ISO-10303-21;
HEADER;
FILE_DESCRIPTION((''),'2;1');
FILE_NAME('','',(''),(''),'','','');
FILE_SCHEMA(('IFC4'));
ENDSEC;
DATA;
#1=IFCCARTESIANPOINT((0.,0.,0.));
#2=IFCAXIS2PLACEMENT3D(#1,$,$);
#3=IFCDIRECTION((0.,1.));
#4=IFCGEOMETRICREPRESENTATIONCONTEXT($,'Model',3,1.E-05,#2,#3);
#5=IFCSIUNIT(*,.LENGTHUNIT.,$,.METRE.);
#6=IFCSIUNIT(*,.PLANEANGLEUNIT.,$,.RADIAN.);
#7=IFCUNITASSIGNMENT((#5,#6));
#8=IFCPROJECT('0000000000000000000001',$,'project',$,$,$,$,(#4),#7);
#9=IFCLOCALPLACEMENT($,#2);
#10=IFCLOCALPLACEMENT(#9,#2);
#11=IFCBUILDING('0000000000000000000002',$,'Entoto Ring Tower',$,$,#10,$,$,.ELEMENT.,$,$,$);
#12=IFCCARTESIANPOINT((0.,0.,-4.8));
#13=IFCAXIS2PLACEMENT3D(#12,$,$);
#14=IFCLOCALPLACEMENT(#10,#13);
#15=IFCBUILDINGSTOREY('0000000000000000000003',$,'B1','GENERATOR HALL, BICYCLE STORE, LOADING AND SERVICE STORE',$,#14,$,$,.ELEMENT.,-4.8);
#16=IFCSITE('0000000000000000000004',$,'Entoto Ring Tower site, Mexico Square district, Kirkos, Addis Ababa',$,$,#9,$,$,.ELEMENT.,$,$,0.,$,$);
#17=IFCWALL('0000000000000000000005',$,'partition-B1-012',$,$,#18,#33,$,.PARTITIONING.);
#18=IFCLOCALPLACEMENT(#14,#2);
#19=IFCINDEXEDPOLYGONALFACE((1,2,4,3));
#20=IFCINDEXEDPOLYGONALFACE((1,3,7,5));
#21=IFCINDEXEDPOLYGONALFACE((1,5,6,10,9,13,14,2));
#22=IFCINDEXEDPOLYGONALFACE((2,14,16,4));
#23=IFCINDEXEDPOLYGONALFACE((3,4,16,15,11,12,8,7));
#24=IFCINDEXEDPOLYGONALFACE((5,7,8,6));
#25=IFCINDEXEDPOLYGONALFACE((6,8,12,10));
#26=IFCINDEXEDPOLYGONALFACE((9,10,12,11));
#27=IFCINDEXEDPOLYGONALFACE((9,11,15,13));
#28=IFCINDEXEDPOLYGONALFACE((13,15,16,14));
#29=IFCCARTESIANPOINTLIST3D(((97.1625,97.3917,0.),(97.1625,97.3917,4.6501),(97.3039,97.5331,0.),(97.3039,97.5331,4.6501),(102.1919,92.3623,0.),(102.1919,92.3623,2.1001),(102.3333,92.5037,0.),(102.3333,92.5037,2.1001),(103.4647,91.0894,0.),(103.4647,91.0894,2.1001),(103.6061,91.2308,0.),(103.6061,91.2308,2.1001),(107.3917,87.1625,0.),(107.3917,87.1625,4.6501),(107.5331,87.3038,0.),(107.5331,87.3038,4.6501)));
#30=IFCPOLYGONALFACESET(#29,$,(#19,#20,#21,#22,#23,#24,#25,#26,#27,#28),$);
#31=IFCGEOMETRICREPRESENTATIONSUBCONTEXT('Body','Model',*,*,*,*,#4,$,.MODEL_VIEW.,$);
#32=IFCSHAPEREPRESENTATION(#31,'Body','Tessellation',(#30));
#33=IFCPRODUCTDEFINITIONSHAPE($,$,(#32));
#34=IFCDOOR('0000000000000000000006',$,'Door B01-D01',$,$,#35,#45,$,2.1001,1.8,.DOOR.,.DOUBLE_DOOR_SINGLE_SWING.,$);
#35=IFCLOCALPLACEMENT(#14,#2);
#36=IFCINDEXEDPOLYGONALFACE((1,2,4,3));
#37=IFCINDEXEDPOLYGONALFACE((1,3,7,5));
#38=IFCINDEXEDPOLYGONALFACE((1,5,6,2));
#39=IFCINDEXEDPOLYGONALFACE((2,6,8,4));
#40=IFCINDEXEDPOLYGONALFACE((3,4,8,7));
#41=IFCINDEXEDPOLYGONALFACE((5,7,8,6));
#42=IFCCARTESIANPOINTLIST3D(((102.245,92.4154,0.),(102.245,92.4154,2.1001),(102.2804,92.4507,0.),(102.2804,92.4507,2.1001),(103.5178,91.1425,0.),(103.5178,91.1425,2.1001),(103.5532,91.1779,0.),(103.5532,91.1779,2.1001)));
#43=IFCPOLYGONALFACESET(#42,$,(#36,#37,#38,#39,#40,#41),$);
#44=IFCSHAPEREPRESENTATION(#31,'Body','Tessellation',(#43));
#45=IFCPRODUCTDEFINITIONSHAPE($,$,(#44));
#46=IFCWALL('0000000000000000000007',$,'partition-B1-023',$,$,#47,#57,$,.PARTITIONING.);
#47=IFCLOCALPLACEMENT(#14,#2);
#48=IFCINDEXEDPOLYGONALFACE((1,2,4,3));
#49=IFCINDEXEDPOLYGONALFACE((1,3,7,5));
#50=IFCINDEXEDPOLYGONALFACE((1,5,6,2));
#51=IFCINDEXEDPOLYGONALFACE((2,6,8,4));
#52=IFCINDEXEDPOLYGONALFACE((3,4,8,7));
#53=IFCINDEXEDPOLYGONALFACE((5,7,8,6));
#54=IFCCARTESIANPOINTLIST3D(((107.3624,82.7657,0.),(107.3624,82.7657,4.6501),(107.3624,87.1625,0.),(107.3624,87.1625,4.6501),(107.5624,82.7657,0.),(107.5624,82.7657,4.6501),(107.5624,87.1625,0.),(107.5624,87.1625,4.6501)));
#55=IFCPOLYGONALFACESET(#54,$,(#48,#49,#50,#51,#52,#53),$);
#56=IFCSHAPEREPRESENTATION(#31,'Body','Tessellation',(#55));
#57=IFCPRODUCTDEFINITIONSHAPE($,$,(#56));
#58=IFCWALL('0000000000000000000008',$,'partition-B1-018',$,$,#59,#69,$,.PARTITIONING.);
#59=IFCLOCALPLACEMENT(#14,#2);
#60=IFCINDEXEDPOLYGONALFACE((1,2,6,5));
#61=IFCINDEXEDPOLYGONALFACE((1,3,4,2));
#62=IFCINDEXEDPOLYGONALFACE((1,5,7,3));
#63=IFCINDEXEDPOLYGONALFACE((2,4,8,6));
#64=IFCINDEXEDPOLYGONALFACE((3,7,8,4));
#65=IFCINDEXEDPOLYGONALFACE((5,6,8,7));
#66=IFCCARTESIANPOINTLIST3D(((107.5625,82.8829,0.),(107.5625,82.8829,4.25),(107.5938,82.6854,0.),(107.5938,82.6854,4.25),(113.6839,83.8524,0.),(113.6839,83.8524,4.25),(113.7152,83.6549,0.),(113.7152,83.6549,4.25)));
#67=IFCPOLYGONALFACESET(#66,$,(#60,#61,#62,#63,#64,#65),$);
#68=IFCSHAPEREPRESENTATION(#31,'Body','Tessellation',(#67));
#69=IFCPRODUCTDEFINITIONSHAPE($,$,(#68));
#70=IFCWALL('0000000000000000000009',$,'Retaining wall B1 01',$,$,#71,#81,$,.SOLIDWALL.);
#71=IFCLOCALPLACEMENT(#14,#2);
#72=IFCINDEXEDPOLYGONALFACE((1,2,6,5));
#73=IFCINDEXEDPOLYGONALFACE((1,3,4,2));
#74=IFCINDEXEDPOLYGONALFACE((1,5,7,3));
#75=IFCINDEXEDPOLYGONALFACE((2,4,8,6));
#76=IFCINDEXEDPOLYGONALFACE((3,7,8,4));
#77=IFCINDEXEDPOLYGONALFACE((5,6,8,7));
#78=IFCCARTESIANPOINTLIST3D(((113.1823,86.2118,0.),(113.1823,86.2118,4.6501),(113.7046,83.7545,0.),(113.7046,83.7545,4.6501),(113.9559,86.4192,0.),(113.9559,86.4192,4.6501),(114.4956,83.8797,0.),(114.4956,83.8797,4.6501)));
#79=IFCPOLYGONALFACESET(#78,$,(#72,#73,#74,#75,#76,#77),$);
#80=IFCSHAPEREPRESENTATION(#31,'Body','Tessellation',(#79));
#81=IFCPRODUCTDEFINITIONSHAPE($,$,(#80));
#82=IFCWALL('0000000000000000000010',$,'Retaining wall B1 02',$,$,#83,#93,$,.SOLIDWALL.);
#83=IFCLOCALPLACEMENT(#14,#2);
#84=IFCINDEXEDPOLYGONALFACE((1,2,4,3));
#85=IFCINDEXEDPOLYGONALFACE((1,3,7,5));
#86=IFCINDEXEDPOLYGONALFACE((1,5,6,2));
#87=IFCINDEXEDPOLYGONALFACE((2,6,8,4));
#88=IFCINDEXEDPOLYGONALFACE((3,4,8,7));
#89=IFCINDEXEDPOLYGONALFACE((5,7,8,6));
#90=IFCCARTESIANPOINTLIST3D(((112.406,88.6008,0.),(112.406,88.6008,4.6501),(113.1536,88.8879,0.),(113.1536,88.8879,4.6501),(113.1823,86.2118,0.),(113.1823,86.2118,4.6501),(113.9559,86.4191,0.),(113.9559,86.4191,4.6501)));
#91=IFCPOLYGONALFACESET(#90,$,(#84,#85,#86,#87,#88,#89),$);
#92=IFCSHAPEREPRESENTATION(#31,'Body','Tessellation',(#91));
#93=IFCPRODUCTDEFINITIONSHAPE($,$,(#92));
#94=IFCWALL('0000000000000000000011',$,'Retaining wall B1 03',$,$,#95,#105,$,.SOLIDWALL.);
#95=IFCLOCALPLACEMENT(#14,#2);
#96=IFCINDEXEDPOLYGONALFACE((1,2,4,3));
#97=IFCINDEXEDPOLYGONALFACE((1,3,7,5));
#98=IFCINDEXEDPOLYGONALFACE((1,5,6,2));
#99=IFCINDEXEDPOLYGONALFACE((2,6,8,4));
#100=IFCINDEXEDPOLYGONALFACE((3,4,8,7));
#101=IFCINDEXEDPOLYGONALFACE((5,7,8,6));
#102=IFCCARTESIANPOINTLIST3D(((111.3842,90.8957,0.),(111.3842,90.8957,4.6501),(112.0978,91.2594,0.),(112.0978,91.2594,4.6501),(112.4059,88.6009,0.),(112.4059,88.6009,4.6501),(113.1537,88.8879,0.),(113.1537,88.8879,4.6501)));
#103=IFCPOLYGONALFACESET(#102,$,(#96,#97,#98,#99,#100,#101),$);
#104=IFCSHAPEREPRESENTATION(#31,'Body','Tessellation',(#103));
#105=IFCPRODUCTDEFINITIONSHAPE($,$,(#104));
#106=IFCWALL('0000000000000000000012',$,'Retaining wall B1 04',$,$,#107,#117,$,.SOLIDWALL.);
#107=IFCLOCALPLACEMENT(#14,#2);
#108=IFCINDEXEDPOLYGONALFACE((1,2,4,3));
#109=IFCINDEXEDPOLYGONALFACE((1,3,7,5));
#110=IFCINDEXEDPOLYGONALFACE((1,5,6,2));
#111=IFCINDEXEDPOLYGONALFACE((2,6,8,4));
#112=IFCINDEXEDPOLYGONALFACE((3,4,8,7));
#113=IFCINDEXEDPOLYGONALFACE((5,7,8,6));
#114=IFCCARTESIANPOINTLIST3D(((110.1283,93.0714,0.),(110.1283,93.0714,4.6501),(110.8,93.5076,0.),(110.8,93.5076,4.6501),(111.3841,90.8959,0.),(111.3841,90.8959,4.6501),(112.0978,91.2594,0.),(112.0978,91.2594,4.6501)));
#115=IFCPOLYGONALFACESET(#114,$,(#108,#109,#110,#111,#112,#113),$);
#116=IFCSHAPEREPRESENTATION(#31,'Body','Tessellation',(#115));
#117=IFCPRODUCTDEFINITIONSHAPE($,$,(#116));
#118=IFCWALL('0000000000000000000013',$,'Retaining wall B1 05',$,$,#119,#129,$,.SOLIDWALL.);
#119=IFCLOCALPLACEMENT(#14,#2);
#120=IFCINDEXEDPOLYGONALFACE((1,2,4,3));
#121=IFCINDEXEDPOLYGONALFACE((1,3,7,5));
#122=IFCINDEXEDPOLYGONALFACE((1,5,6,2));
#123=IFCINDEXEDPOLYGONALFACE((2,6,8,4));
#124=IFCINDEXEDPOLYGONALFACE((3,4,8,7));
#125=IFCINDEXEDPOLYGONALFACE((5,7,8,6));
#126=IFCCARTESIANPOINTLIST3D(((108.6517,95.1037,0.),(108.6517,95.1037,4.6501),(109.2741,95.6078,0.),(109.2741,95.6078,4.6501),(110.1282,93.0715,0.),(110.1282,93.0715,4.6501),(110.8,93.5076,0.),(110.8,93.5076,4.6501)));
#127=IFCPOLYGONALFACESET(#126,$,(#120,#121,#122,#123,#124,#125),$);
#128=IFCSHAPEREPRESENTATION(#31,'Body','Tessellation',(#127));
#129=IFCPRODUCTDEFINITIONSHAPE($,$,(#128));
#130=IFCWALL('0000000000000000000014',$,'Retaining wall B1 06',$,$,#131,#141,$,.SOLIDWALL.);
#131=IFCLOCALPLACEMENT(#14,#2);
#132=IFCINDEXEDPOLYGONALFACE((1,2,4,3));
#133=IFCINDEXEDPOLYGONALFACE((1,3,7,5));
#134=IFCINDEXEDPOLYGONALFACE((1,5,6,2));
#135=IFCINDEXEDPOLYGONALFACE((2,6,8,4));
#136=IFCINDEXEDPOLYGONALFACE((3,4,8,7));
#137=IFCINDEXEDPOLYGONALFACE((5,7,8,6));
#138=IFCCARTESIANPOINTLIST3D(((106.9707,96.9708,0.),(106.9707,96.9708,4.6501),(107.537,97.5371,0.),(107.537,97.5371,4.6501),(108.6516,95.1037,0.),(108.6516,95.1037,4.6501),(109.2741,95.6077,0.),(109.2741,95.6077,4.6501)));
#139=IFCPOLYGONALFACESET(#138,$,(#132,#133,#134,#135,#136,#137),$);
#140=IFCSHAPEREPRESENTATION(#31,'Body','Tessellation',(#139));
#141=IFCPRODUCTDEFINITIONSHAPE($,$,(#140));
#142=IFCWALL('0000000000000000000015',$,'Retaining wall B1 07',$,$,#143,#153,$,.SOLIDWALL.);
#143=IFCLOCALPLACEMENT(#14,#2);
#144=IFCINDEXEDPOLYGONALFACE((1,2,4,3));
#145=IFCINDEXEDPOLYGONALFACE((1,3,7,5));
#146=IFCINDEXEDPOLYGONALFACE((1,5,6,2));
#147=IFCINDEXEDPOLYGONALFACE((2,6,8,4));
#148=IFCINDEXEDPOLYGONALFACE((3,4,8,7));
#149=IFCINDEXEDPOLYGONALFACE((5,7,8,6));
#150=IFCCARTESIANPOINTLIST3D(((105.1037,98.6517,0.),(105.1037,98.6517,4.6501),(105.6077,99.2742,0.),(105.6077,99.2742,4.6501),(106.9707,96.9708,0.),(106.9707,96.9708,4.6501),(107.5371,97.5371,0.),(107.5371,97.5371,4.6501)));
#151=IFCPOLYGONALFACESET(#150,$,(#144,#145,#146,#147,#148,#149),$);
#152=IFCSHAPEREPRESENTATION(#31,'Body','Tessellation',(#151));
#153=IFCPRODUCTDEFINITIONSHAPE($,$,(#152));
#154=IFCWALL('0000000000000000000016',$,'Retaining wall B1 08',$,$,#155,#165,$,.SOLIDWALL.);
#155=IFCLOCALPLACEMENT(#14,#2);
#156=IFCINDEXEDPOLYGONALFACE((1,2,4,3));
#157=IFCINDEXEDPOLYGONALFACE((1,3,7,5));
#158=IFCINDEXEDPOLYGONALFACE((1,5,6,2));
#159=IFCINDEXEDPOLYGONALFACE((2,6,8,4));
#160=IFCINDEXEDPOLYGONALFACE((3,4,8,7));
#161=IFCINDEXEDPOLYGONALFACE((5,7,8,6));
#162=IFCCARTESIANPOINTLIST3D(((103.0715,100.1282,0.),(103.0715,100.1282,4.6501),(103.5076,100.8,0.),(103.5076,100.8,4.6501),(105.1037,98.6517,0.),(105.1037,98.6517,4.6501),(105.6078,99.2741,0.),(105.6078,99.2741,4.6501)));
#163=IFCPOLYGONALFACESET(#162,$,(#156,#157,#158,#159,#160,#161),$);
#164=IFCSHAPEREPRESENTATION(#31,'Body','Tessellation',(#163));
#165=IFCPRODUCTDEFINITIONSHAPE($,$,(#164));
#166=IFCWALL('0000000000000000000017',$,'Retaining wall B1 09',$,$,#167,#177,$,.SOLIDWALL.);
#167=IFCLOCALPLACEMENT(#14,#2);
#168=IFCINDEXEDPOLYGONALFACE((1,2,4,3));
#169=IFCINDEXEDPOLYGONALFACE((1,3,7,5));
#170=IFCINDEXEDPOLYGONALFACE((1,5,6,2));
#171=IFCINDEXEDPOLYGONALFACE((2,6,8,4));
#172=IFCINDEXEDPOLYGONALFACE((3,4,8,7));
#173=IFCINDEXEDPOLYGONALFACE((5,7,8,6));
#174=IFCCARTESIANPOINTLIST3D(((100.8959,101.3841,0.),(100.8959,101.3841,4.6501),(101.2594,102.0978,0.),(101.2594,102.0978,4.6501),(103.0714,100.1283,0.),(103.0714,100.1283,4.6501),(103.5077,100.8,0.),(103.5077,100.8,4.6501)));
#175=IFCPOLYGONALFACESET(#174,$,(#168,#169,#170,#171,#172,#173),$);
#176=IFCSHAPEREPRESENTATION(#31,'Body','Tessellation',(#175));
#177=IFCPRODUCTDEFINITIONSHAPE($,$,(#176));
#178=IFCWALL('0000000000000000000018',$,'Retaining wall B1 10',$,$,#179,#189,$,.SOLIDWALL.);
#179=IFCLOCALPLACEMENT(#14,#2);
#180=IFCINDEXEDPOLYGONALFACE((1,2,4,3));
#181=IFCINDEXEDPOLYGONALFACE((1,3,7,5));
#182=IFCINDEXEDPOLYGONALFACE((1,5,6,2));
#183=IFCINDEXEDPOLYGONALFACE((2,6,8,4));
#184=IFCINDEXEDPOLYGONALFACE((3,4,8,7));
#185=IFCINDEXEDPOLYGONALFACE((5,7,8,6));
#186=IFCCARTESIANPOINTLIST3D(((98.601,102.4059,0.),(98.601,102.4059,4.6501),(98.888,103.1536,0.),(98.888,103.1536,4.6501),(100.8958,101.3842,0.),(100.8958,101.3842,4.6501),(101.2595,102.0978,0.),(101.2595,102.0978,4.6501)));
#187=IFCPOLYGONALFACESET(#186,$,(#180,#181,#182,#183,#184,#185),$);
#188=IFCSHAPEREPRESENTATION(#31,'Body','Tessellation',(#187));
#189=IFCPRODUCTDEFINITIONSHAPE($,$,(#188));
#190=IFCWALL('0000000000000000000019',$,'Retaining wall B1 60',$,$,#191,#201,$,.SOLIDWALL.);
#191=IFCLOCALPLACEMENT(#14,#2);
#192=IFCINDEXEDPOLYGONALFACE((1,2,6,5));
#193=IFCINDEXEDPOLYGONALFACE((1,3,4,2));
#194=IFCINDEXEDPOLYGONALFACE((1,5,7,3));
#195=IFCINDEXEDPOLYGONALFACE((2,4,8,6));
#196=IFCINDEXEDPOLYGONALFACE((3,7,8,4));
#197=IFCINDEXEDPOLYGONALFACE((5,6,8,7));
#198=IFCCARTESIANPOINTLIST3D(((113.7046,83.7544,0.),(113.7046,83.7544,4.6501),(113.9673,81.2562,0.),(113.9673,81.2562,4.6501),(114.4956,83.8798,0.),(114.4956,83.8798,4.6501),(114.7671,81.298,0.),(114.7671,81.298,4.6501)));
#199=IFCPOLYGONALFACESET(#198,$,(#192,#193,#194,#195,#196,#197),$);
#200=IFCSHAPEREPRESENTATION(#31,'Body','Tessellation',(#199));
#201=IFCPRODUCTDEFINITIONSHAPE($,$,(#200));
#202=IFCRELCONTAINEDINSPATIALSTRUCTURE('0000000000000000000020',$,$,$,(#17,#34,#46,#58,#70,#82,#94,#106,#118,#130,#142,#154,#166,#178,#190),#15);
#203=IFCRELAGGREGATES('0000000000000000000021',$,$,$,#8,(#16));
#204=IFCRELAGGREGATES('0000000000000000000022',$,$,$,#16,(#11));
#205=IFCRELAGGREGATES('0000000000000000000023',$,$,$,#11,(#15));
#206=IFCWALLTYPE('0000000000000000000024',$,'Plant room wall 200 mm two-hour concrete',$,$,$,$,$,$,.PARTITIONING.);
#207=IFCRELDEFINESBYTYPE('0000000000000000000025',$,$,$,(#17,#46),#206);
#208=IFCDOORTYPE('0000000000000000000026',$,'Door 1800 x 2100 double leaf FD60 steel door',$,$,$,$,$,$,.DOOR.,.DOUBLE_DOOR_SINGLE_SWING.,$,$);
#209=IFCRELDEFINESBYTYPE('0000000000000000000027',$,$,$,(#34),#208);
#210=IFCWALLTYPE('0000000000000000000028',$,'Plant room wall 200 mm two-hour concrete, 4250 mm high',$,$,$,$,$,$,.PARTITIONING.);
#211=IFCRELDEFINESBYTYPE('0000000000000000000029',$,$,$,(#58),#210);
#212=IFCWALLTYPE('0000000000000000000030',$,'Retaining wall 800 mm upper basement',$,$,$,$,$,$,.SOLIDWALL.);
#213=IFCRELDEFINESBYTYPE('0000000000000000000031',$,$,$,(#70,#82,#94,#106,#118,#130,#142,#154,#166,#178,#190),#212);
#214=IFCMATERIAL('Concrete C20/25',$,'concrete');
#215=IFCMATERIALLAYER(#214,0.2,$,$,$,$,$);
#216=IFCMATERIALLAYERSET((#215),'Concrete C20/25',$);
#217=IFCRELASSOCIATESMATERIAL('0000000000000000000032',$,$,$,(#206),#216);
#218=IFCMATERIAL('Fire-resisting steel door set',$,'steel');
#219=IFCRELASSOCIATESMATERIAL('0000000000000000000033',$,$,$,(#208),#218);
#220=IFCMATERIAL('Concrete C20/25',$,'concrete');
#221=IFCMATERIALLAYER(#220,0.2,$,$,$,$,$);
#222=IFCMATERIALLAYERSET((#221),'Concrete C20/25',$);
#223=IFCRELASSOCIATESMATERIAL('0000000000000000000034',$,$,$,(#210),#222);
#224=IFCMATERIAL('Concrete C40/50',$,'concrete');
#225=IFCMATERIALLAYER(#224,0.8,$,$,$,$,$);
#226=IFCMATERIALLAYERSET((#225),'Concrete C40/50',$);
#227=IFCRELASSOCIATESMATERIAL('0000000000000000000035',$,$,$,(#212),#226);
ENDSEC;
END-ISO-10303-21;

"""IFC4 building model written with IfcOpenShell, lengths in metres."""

from ifc_helpers import new_model, si_unit, direction, frame, frame_2d, origin, place, context, subcontext, project, spatial, polyline, rectangle, outline, extrude, material, layer, layer_set, type_object, element, fill, save


model = new_model("IFC4")

# Units and contexts
model_context = context("Model", 3, precision=1e-05, world=origin(), true_north=direction((0.0, 1.0)))
body_context = subcontext(model_context, "Body", "Model", "MODEL_VIEW")
ifc_project = project(units=[si_unit("LENGTHUNIT", "METRE"), si_unit("PLANEANGLEUNIT", "RADIAN")], contexts=[model_context])

# Site, building, storey
site_placement = place(None, origin())
site = spatial("IfcSite", under=ifc_project, at=site_placement, Name="Entoto Ring Tower site, Mexico Square district, Kirkos, Addis Ababa", CompositionType="ELEMENT", RefElevation=0.0)
building_placement = place(site_placement, origin())
building = spatial("IfcBuilding", under=site, at=building_placement, Name="Entoto Ring Tower", CompositionType="ELEMENT")
storey_placement = place(building_placement, frame((0.0, 0.0, -4.8)))
storey = spatial("IfcBuildingStorey", under=building, at=storey_placement, Name="B1", Description="GENERATOR HALL, BICYCLE STORE, LOADING AND SERVICE STORE", CompositionType="ELEMENT", Elevation=-4.8)

# Wall, opening, door
ifc_material_1 = material(Name="Concrete C20/25", Category="concrete")
ifc_layer_1 = layer(ifc_material_1, 0.2)
ifc_layer_set_1 = layer_set([ifc_layer_1], Name="Concrete C20/25")
wall_type_1 = type_object("IfcWallType", Name="Plant room wall 200 mm two-hour concrete", PredefinedType="PARTITIONING", material=ifc_layer_set_1)
wall_1_placement = place(storey_placement, frame((107.4624, 87.2332, 0.0), z_axis=(0.0, 0.0, 1.0), x_axis=(-0.707107, 0.707107, 0.0)))
wall_1 = element("IfcWall", 1, at=wall_1_placement, inside=storey, type_object=wall_type_1, Name="partition-B1-012", PredefinedType="PARTITIONING", context=body_context, shape_type="SweptSolid", body=[
    extrude(rectangle(XDim=14.4663, YDim=0.2, at=frame_2d((7.2332, 0.0))), origin(), (0.0, 0.0, 1.0), 4.6501),
])
opening_1_placement = place(wall_1_placement, frame((5.5537, 0.0, 0.0)))
opening_1 = element("IfcOpeningElement", 2, at=opening_1_placement, cuts=wall_1, PredefinedType="OPENING", context=body_context, shape_type="SweptSolid", body=[
    extrude(rectangle(XDim=1.8, YDim=2.1001, at=frame_2d((0.8999, 1.05))), frame((0.0, 0.1099, 0.0), z_axis=(0.0, -1.0, 0.0), x_axis=(1.0, 0.0, 0.0)), (0.0, 0.0, 1.0), 0.22),
])
ifc_material_2 = material(Name="Fire-resisting steel door set", Category="steel")
door_type_1 = type_object("IfcDoorType", Name="Door 1800 x 2100 double leaf FD60 steel door", OperationType="DOUBLE_DOOR_SINGLE_SWING", PredefinedType="DOOR", material=ifc_material_2)
door_1_placement = place(opening_1_placement, origin())
door_1 = element("IfcDoor", 3, at=door_1_placement, inside=storey, type_object=door_type_1, Name="Door B01-D01", OperationType="DOUBLE_DOOR_SINGLE_SWING", OverallHeight=2.1001, OverallWidth=1.8, PredefinedType="DOOR", context=body_context, shape_type="SweptSolid", body=[
    extrude(rectangle(XDim=1.8, YDim=2.1001, at=frame_2d((0.8999, 1.05))), frame((0.0, 0.0249, 0.0), z_axis=(0.0, -1.0, 0.0), x_axis=(1.0, 0.0, 0.0)), (0.0, 0.0, 1.0), 0.05),
])
fill(opening_1, door_1)

# Walls
wall_2_placement = place(storey_placement, frame((107.4624, 82.7659, 0.0), z_axis=(0.0, 0.0, 1.0), x_axis=(0.0, 1.0, 0.0)))
element("IfcWall", 4, at=wall_2_placement, inside=storey, type_object=wall_type_1, Name="partition-B1-023", PredefinedType="PARTITIONING", context=body_context, shape_type="SweptSolid", body=[
    extrude(rectangle(XDim=4.3967, YDim=0.2, at=frame_2d((2.1982, 0.0))), origin(), (0.0, 0.0, 1.0), 4.6501),
])
ifc_material_3 = material(Name="Concrete C20/25", Category="concrete")
ifc_layer_2 = layer(ifc_material_3, 0.2)
ifc_layer_set_2 = layer_set([ifc_layer_2], Name="Concrete C20/25")
wall_type_2 = type_object("IfcWallType", Name="Plant room wall 200 mm two-hour concrete, 4250 mm high", PredefinedType="PARTITIONING", material=ifc_layer_set_2)
wall_3_placement = place(storey_placement, frame((107.5781, 82.7842, 0.0), z_axis=(0.0, 0.0, 1.0), x_axis=(0.98769, 0.156422, 0.0)))
element("IfcWall", 5, at=wall_3_placement, inside=storey, type_object=wall_type_2, Name="partition-B1-018", PredefinedType="PARTITIONING", context=body_context, shape_type="SweptSolid", body=[
    extrude(rectangle(XDim=6.1978, YDim=0.2, at=frame_2d((3.0989, 0.0))), origin(), (0.0, 0.0, 1.0), 4.25),
])
ifc_material_4 = material(Name="Concrete C40/50", Category="concrete")
ifc_layer_3 = layer(ifc_material_4, 0.8)
ifc_layer_set_3 = layer_set([ifc_layer_3], Name="Concrete C40/50")
wall_type_3 = type_object("IfcWallType", Name="Retaining wall 800 mm upper basement", PredefinedType="SOLIDWALL", material=ifc_layer_set_3)
wall_4_placement = place(storey_placement, frame((114.1001, 83.8171, 0.0), z_axis=(0.0, 0.0, 1.0), x_axis=(-0.207903, 0.978149, 0.0)))
element("IfcWall", 6, at=wall_4_placement, inside=storey, type_object=wall_type_3, Name="Retaining wall B1 01", PredefinedType="SOLIDWALL", context=body_context, shape_type="SweptSolid", body=[
    extrude(outline(polyline([(-0.021, -0.3999), (2.5752, -0.3999), (2.5332, 0.3999), (0.021, 0.3999), (-0.021, -0.3999)])), origin(), (0.0, 0.0, 1.0), 4.6501),
])
for number, where, z_axis, x_axis, name in (
    (7, (113.5691, 86.3154, 0.0), (0.0, 0.0, 1.0), (-0.309049, 0.951046, 0.0), "Retaining wall B1 02"),
    (8, (112.7798, 88.7444, 0.0), (0.0, 0.0, 1.0), (-0.406733, 0.913547, 0.0), "Retaining wall B1 03"),
    (9, (111.741, 91.0776, 0.0), (0.0, 0.0, 1.0), (-0.499943, 0.866058, 0.0), "Retaining wall B1 04"),
    (10, (110.4641, 93.2896, 0.0), (0.0, 0.0, 1.0), (-0.587802, 0.809005, 0.0), "Retaining wall B1 05"),
):
    element("IfcWall", number, at=place(storey_placement, frame(where, z_axis=z_axis, x_axis=x_axis)), inside=storey, type_object=wall_type_3, Name=name, PredefinedType="SOLIDWALL", context=body_context, shape_type="SweptSolid", body=[
        extrude(outline(polyline([(-0.021, -0.3999), (2.575, -0.3999), (2.533, 0.3999), (0.021, 0.3999), (-0.021, -0.3999)])), origin(), (0.0, 0.0, 1.0), 4.6501),
    ])
for number, where, z_axis, x_axis, name in (
    (11, (108.9629, 95.3557, 0.0), (0.0, 0.0, 1.0), (-0.669097, 0.743175, 0.0), "Retaining wall B1 06"),
    (12, (107.2539, 97.2539, 0.0), (0.0, 0.0, 1.0), (-0.743175, 0.669097, 0.0), "Retaining wall B1 07"),
):
    element("IfcWall", number, at=place(storey_placement, frame(where, z_axis=z_axis, x_axis=x_axis)), inside=storey, type_object=wall_type_3, Name=name, PredefinedType="SOLIDWALL", context=body_context, shape_type="SweptSolid", body=[
        extrude(outline(polyline([(-0.021, -0.3999), (2.5752, -0.3999), (2.5332, 0.3999), (0.021, 0.3999), (-0.021, -0.3999)])), origin(), (0.0, 0.0, 1.0), 4.6501),
    ])
for number, where, z_axis, x_axis, name in (
    (13, (105.3557, 98.9629, 0.0), (0.0, 0.0, 1.0), (-0.809005, 0.587802, 0.0), "Retaining wall B1 08"),
    (14, (103.2896, 100.4641, 0.0), (0.0, 0.0, 1.0), (-0.866058, 0.499943, 0.0), "Retaining wall B1 09"),
    (15, (101.0776, 101.741, 0.0), (0.0, 0.0, 1.0), (-0.913547, 0.406733, 0.0), "Retaining wall B1 10"),
    (16, (114.3672, 81.2771, 0.0), (0.0, 0.0, 1.0), (-0.104575, 0.994517, 0.0), "Retaining wall B1 60"),
):
    element("IfcWall", number, at=place(storey_placement, frame(where, z_axis=z_axis, x_axis=x_axis)), inside=storey, type_object=wall_type_3, Name=name, PredefinedType="SOLIDWALL", context=body_context, shape_type="SweptSolid", body=[
        extrude(outline(polyline([(-0.021, -0.3999), (2.575, -0.3999), (2.533, 0.3999), (0.021, 0.3999), (-0.021, -0.3999)])), origin(), (0.0, 0.0, 1.0), 4.6501),
    ])

save(model, "model.ifc")
